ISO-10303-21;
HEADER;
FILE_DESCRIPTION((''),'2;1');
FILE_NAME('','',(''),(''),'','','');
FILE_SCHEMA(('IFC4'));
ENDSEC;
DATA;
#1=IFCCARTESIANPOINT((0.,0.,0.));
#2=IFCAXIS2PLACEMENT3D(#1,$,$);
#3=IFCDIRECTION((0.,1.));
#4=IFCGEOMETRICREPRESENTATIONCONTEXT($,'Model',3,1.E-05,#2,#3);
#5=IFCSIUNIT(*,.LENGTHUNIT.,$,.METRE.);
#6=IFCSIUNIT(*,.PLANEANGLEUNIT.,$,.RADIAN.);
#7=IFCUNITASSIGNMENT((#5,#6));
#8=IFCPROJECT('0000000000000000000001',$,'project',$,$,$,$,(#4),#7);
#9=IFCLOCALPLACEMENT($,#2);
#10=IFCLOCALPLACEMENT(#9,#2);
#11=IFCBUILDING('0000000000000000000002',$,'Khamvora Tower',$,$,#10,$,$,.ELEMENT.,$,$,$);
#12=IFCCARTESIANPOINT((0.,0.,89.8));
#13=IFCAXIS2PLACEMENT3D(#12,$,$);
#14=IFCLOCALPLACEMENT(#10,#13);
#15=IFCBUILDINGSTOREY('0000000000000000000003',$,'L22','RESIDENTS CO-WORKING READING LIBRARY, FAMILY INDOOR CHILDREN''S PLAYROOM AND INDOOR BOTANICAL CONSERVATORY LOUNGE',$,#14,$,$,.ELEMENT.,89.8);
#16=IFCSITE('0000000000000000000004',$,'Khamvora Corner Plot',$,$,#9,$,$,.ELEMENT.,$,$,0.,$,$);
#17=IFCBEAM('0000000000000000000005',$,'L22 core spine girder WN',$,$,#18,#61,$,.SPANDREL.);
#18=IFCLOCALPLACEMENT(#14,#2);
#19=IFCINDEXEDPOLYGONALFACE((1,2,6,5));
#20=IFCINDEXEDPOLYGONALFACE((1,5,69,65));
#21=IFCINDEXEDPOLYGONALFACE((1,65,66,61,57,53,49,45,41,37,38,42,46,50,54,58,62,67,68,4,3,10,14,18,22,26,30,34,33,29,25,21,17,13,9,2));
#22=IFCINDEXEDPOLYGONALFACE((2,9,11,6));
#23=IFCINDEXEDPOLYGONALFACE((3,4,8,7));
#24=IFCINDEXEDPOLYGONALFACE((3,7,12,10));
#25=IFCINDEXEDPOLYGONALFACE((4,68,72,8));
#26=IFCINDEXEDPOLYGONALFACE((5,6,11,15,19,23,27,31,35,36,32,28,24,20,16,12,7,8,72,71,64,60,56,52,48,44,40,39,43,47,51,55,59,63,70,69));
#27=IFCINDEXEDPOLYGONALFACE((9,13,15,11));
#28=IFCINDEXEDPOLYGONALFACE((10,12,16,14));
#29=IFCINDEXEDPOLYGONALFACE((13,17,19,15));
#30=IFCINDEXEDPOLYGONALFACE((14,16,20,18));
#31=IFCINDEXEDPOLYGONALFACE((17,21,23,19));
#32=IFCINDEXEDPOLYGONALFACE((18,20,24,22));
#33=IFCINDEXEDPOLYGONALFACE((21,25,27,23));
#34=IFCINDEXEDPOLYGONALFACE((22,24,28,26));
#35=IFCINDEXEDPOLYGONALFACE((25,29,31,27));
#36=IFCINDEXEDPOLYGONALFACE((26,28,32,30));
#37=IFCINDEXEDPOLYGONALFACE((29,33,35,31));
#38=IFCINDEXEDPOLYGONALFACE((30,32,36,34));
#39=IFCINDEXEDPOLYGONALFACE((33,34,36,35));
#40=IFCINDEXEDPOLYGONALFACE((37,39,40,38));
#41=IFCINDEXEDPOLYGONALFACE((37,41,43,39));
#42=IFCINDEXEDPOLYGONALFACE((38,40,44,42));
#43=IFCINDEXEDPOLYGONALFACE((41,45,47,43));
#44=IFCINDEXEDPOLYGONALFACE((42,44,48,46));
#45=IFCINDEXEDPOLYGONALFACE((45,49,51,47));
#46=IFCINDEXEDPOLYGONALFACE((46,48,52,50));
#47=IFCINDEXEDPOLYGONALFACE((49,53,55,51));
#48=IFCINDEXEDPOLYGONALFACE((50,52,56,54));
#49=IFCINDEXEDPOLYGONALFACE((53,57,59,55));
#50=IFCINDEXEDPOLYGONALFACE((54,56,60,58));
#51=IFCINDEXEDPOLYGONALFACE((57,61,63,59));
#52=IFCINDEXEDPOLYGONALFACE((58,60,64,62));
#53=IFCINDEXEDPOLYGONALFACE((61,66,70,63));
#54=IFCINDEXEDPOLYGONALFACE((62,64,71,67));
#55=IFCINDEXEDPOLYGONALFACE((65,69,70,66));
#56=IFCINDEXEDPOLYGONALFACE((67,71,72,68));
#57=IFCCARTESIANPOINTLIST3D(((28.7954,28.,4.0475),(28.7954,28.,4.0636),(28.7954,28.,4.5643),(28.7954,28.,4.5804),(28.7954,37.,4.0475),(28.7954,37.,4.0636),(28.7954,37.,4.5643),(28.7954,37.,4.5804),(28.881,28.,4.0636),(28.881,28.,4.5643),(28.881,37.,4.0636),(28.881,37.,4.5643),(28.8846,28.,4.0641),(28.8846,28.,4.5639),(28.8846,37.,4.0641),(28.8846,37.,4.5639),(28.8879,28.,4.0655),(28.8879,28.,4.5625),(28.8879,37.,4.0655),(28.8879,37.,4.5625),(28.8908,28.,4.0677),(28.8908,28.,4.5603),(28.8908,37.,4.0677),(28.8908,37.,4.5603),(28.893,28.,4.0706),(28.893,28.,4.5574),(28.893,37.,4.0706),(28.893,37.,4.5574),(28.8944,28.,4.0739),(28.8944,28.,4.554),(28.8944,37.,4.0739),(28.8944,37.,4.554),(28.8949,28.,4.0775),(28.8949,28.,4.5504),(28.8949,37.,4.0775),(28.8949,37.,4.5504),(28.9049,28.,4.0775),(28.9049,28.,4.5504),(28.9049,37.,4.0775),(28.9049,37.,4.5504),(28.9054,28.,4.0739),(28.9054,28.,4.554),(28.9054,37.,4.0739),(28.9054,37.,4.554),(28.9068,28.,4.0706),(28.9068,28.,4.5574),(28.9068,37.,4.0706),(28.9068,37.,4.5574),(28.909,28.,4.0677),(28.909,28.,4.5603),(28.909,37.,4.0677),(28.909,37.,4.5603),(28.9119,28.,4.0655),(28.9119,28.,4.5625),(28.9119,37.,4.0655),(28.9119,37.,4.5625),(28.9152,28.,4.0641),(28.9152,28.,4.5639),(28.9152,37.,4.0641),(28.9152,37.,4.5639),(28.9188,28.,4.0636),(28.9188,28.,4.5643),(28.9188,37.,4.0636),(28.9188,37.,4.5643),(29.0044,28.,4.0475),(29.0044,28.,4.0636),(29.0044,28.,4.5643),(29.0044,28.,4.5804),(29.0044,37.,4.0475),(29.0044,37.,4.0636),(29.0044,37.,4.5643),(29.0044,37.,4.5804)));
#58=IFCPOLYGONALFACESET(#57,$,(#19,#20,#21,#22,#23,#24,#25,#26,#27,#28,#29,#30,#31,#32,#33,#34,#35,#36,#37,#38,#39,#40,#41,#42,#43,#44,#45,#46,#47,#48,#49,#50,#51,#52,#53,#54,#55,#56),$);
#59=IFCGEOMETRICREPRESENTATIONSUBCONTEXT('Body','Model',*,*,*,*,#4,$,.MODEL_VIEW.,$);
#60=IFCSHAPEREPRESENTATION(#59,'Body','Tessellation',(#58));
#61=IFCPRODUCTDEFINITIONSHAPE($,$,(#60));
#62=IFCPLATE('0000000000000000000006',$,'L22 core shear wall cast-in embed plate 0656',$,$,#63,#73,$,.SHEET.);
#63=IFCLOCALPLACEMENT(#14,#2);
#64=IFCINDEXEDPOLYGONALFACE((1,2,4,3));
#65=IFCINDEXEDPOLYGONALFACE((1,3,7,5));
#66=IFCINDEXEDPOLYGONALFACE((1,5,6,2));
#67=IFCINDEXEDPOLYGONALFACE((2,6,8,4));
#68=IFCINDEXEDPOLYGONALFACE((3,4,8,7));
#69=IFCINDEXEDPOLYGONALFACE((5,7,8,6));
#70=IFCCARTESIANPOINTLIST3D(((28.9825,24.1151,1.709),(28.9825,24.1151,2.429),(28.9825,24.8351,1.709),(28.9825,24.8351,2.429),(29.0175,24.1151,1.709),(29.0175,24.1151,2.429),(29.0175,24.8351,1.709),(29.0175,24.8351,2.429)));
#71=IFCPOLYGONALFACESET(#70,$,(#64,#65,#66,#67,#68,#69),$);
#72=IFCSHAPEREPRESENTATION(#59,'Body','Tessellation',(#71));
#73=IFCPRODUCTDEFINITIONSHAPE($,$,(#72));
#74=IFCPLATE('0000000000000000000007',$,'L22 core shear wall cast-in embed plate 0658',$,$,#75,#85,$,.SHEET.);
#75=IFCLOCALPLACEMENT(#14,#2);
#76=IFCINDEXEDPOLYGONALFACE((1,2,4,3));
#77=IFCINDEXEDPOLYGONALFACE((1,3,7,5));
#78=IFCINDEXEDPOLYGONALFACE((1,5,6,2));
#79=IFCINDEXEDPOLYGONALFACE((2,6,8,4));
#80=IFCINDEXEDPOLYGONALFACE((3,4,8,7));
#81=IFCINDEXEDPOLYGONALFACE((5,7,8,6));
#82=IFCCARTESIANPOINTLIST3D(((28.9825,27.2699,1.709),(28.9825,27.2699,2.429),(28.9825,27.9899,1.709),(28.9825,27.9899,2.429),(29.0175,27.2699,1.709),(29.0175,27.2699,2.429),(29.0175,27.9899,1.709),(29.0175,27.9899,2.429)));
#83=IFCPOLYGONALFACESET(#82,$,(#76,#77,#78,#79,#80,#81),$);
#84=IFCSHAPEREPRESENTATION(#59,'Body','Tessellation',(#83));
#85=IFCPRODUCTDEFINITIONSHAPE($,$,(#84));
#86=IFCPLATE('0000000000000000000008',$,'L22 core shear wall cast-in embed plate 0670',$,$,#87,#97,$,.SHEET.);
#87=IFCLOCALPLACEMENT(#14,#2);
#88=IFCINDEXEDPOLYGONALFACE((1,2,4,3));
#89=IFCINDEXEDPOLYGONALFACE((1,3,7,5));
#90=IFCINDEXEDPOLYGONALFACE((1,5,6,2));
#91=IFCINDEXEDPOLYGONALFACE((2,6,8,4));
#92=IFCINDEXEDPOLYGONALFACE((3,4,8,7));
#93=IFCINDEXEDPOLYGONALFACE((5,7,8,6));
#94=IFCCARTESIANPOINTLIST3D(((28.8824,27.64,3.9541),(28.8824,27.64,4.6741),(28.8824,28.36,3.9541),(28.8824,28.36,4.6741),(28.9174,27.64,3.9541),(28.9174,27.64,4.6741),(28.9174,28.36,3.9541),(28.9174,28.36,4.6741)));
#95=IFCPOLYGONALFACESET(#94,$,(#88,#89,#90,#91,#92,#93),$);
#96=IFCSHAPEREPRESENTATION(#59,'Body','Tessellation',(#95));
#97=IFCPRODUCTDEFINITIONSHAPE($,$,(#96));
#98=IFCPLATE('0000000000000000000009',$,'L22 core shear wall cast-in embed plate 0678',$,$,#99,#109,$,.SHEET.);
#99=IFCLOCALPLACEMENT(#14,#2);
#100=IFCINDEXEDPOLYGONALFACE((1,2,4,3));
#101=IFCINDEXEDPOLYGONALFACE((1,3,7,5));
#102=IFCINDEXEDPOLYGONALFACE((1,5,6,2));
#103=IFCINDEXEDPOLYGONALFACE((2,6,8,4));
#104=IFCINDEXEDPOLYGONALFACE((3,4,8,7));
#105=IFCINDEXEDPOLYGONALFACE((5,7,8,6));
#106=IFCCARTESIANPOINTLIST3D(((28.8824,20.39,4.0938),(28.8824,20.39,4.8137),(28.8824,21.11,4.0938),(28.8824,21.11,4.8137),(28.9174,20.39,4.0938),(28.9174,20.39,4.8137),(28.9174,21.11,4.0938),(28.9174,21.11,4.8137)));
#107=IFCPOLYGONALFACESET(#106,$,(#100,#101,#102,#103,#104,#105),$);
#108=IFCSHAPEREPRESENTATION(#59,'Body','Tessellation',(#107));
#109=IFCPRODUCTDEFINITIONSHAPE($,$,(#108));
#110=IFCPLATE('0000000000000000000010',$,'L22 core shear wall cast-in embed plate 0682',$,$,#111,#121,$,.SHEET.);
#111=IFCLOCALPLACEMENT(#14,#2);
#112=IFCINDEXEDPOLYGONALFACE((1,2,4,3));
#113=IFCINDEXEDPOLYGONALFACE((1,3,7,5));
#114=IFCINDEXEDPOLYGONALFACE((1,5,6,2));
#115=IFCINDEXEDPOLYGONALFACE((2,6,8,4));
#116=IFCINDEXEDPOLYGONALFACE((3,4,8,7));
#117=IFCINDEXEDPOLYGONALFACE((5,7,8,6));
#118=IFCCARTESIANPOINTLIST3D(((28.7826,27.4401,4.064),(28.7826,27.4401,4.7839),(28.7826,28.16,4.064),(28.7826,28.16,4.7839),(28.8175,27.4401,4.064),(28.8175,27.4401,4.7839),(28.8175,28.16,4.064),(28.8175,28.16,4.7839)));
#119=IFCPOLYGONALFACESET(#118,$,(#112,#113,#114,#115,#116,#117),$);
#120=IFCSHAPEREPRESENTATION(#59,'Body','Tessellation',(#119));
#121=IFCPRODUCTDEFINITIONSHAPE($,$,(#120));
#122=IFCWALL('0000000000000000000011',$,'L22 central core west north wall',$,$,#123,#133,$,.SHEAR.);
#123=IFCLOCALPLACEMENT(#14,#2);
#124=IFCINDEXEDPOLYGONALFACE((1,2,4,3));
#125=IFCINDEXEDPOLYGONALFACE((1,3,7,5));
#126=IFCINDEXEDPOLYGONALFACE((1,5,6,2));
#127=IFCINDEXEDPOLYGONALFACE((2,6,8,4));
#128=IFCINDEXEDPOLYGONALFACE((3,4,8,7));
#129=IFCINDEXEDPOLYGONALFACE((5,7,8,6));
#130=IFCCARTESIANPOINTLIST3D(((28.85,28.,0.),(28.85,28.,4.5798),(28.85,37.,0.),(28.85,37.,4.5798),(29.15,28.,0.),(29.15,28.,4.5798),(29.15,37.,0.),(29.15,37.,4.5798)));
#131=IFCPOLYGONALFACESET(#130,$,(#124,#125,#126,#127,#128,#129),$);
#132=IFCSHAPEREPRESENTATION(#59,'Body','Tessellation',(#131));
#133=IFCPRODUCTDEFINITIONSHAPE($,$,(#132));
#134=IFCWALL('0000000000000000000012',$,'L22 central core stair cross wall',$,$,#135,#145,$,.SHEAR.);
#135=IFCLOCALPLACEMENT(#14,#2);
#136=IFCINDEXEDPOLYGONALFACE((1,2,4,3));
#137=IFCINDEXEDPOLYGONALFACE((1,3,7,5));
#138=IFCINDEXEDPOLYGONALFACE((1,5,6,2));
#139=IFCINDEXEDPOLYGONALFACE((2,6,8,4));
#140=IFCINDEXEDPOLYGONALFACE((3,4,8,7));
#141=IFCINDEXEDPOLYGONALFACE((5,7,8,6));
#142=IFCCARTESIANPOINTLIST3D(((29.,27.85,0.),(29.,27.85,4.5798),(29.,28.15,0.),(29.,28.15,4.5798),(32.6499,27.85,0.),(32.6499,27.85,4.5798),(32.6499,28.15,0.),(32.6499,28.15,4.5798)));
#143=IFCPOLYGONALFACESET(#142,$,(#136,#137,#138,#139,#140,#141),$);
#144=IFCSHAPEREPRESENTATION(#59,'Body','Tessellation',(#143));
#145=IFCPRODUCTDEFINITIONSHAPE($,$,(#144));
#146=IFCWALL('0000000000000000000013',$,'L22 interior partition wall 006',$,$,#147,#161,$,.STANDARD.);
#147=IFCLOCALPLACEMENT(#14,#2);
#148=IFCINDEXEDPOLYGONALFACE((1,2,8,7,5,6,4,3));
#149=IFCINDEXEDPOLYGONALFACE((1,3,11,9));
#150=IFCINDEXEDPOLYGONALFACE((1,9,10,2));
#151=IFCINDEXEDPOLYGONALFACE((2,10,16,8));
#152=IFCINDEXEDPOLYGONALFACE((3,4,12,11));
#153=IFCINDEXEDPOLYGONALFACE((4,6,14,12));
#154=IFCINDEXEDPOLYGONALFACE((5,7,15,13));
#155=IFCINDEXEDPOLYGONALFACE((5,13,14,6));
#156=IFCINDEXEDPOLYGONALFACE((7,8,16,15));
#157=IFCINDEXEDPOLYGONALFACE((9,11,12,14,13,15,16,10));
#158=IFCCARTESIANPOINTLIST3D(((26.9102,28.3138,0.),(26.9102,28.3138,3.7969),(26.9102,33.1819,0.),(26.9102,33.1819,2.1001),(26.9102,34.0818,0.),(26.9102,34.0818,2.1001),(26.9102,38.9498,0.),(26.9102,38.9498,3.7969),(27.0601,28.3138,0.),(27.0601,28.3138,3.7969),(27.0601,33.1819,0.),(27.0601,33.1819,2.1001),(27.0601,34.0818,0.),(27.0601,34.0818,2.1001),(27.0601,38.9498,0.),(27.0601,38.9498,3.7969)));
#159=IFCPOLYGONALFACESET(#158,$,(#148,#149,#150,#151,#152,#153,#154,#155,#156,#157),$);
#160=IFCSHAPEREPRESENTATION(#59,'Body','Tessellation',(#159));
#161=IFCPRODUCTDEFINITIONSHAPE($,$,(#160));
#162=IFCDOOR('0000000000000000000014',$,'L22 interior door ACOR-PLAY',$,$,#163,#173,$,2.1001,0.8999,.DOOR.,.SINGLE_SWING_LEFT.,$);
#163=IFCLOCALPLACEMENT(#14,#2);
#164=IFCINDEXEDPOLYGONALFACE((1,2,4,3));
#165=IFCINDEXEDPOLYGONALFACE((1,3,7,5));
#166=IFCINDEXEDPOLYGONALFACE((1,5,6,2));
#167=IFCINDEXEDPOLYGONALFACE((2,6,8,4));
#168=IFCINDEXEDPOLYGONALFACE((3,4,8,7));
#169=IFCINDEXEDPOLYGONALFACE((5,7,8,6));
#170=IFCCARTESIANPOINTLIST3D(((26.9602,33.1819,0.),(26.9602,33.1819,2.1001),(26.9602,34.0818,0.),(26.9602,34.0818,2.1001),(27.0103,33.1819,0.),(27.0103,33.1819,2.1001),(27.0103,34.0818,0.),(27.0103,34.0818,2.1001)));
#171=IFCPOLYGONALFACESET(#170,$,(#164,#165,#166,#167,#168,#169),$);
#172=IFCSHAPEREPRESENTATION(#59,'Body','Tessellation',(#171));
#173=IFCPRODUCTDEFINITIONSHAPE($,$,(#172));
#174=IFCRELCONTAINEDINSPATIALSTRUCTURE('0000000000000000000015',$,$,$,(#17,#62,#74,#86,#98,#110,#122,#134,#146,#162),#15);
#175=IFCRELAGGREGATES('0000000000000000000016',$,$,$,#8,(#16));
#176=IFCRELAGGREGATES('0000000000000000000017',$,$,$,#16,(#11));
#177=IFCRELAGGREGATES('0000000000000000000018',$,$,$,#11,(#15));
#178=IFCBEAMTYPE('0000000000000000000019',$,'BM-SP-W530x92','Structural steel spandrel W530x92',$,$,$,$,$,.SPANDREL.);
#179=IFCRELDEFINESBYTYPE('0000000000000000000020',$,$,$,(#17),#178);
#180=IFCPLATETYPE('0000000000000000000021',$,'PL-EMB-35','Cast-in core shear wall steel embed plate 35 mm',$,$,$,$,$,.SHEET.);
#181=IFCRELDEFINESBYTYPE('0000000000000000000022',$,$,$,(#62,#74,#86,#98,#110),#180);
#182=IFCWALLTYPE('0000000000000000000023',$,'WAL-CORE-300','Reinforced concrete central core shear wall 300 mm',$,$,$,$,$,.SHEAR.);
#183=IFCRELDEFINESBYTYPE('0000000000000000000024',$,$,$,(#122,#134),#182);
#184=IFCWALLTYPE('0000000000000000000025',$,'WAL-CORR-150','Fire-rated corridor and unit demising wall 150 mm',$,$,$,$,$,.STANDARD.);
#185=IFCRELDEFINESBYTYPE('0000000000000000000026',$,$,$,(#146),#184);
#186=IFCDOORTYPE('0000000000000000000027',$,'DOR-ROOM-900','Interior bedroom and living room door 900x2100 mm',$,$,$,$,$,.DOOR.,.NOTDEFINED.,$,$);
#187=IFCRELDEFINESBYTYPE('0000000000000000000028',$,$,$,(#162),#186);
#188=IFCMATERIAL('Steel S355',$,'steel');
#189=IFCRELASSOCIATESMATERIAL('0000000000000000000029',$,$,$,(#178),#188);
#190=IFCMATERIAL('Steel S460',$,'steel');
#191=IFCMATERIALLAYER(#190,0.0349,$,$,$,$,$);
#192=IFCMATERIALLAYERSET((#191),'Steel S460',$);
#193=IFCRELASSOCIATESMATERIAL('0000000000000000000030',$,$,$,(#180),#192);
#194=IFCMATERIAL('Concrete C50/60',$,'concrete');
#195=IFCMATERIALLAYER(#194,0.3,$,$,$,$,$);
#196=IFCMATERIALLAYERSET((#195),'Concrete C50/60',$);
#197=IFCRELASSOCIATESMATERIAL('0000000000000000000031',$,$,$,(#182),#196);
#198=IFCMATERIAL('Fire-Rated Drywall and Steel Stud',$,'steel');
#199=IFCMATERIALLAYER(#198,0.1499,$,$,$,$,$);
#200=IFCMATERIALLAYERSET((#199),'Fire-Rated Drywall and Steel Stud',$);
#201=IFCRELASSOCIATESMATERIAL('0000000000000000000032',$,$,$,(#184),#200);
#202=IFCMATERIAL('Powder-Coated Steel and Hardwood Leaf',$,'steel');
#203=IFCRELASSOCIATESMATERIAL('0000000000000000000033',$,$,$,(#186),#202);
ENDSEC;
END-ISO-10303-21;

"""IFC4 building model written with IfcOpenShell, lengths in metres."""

from ifc_helpers import new_model, si_unit, direction, frame, frame_2d, origin, origin_2d, place, context, subcontext, project, spatial, rectangle, i_section, extrude, material, layer, layer_set, material_profile, profile_set, type_object, element, fill, save


model = new_model("IFC4")

# Units and contexts
model_context = context("Model", 3, precision=1e-05, world=origin(), true_north=direction((0.0, 1.0)))
body_context = subcontext(model_context, "Body", "Model", "MODEL_VIEW")
ifc_project = project(units=[si_unit("LENGTHUNIT", "METRE"), si_unit("PLANEANGLEUNIT", "RADIAN")], contexts=[model_context])

# Site, building, storey
site_placement = place(None, origin())
site = spatial("IfcSite", under=ifc_project, at=site_placement, Name="Khamvora Corner Plot", CompositionType="ELEMENT", RefElevation=0.0)
building_placement = place(site_placement, origin())
building = spatial("IfcBuilding", under=site, at=building_placement, Name="Khamvora Tower", CompositionType="ELEMENT")
storey_placement = place(building_placement, frame((0.0, 0.0, 89.8)))
storey = spatial("IfcBuildingStorey", under=building, at=storey_placement, Name="L22", Description="RESIDENTS CO-WORKING READING LIBRARY, FAMILY INDOOR CHILDREN'S PLAYROOM AND INDOOR BOTANICAL CONSERVATORY LOUNGE", CompositionType="ELEMENT", Elevation=89.8)

# Shared definitions
ifc_material_1 = material(Name="Steel S460", Category="steel")

# Beam
ifc_material_2 = material(Name="Steel S355", Category="steel")
ifc_material_profile_1 = material_profile(ifc_material_2, i_section(OverallWidth=0.209, OverallDepth=0.533, WebThickness=0.01, FlangeThickness=0.0161, FilletRadius=0.0139, at=origin_2d()), Name="W530x92")
ifc_profile_set_1 = profile_set([ifc_material_profile_1], Name="Steel S355")
beam_type_1 = type_object("IfcBeamType", Name="BM-SP-W530x92", Description="Structural steel spandrel W530x92", PredefinedType="SPANDREL", material=ifc_profile_set_1)
beam_1_placement = place(storey_placement, frame((28.8999, 28.0, 4.314), z_axis=(0.0, 1.0, 0.0), x_axis=(-1.0, 0.0, 0.0)))
element("IfcBeam", 1, at=beam_1_placement, inside=storey, type_object=beam_type_1, Name="L22 core spine girder WN", PredefinedType="SPANDREL", context=body_context, shape_type="SweptSolid", body=[
    extrude(i_section(OverallWidth=0.209, OverallDepth=0.533, WebThickness=0.01, FlangeThickness=0.0161, FilletRadius=0.0139, at=origin_2d()), origin(), (0.0, 0.0, 1.0), 9.0),
])

# Plates
ifc_layer_1 = layer(ifc_material_1, 0.0349)
ifc_layer_set_1 = layer_set([ifc_layer_1], Name="Steel S460")
plate_type = type_object("IfcPlateType", Name="PL-EMB-35", Description="Cast-in core shear wall steel embed plate 35 mm", PredefinedType="SHEET", material=ifc_layer_set_1)
for number, where, z_axis, x_axis, name in (
    (2, (29.0, 24.4751, 1.709), (0.0, 0.0, 1.0), (1.0, 0.0, 0.0), "L22 core shear wall cast-in embed plate 0656"),
    (3, (29.0, 27.6299, 1.709), (0.0, 0.0, 1.0), (1.0, 0.0, 0.0), "L22 core shear wall cast-in embed plate 0658"),
    (4, (28.8999, 28.0, 3.9541), (0.0, 0.0, 1.0), (1.0, 0.0, 0.0), "L22 core shear wall cast-in embed plate 0670"),
    (5, (28.8999, 20.75, 4.0938), (0.0, 0.0, 1.0), (1.0, 0.0, 0.0), "L22 core shear wall cast-in embed plate 0678"),
    (6, (28.8, 27.8, 4.064), (0.0, 0.0, 1.0), (1.0, 0.0, 0.0), "L22 core shear wall cast-in embed plate 0682"),
):
    element("IfcPlate", number, at=place(storey_placement, frame(where, z_axis=z_axis, x_axis=x_axis)), inside=storey, type_object=plate_type, Name=name, PredefinedType="SHEET", context=body_context, shape_type="SweptSolid", body=[
        extrude(rectangle(XDim=0.0349, YDim=0.72, at=origin_2d()), origin(), (0.0, 0.0, 1.0), 0.72),
    ])

# Walls
ifc_material_3 = material(Name="Concrete C50/60", Category="concrete")
ifc_layer_2 = layer(ifc_material_3, 0.3)
ifc_layer_set_2 = layer_set([ifc_layer_2], Name="Concrete C50/60")
wall_type_1 = type_object("IfcWallType", Name="WAL-CORE-300", Description="Reinforced concrete central core shear wall 300 mm", PredefinedType="SHEAR", material=ifc_layer_set_2)
wall_1_placement = place(storey_placement, frame((29.0, 28.0, 0.0), z_axis=(0.0, 0.0, 1.0), x_axis=(0.0, 1.0, 0.0)))
element("IfcWall", 7, at=wall_1_placement, inside=storey, type_object=wall_type_1, Name="L22 central core west north wall", PredefinedType="SHEAR", context=body_context, shape_type="SweptSolid", body=[
    extrude(rectangle(XDim=9.0, YDim=0.3, at=frame_2d((4.5, 0.0))), origin(), (0.0, 0.0, 1.0), 4.5798),
])
wall_2_placement = place(storey_placement, frame((29.0, 28.0, 0.0), z_axis=(0.0, 0.0, 1.0), x_axis=(1.0, 0.0, 0.0)))
element("IfcWall", 8, at=wall_2_placement, inside=storey, type_object=wall_type_1, Name="L22 central core stair cross wall", PredefinedType="SHEAR", context=body_context, shape_type="SweptSolid", body=[
    extrude(rectangle(XDim=3.6499, YDim=0.3, at=frame_2d((1.825, 0.0))), origin(), (0.0, 0.0, 1.0), 4.5798),
])

# Wall, opening, door
ifc_material_4 = material(Name="Fire-Rated Drywall and Steel Stud", Category="steel")
ifc_layer_3 = layer(ifc_material_4, 0.1499)
ifc_layer_set_3 = layer_set([ifc_layer_3], Name="Fire-Rated Drywall and Steel Stud")
wall_type_2 = type_object("IfcWallType", Name="WAL-CORR-150", Description="Fire-rated corridor and unit demising wall 150 mm", PredefinedType="STANDARD", material=ifc_layer_set_3)
wall_3_placement = place(storey_placement, frame((26.9851, 28.314, 0.0), z_axis=(0.0, 0.0, 1.0), x_axis=(0.0, 1.0, 0.0)))
wall_3 = element("IfcWall", 9, at=wall_3_placement, inside=storey, type_object=wall_type_2, Name="L22 interior partition wall 006", PredefinedType="STANDARD", context=body_context, shape_type="SweptSolid", body=[
    extrude(rectangle(XDim=10.636, YDim=0.1499, at=frame_2d((5.3179, 0.0))), origin(), (0.0, 0.0, 1.0), 3.7969),
])
opening_placement = place(wall_3_placement, frame((4.8679, 0.0, 0.0)))
opening = element("IfcOpeningElement", 10, at=opening_placement, cuts=wall_3, PredefinedType="OPENING", context=body_context, shape_type="SweptSolid", body=[
    extrude(rectangle(XDim=0.8999, YDim=2.1001, at=frame_2d((0.45, 1.05))), frame((0.0, 0.085, 0.0), z_axis=(0.0, -1.0, 0.0), x_axis=(1.0, 0.0, 0.0)), (0.0, 0.0, 1.0), 0.1699),
])
ifc_material_5 = material(Name="Powder-Coated Steel and Hardwood Leaf", Category="steel")
door_type = type_object("IfcDoorType", Name="DOR-ROOM-900", Description="Interior bedroom and living room door 900x2100 mm", OperationType="NOTDEFINED", PredefinedType="DOOR", material=ifc_material_5)
door_placement = place(opening_placement, origin())
door = element("IfcDoor", 11, at=door_placement, inside=storey, type_object=door_type, Name="L22 interior door ACOR-PLAY", OperationType="SINGLE_SWING_LEFT", OverallHeight=2.1001, OverallWidth=0.8999, PredefinedType="DOOR", context=body_context, shape_type="SweptSolid", body=[
    extrude(rectangle(XDim=0.8999, YDim=2.1001, at=frame_2d((0.45, 1.05))), frame((0.0, 0.0249, 0.0), z_axis=(0.0, -1.0, 0.0), x_axis=(1.0, 0.0, 0.0)), (0.0, 0.0, 1.0), 0.05),
])
fill(opening, door)

save(model, "model.ifc")
